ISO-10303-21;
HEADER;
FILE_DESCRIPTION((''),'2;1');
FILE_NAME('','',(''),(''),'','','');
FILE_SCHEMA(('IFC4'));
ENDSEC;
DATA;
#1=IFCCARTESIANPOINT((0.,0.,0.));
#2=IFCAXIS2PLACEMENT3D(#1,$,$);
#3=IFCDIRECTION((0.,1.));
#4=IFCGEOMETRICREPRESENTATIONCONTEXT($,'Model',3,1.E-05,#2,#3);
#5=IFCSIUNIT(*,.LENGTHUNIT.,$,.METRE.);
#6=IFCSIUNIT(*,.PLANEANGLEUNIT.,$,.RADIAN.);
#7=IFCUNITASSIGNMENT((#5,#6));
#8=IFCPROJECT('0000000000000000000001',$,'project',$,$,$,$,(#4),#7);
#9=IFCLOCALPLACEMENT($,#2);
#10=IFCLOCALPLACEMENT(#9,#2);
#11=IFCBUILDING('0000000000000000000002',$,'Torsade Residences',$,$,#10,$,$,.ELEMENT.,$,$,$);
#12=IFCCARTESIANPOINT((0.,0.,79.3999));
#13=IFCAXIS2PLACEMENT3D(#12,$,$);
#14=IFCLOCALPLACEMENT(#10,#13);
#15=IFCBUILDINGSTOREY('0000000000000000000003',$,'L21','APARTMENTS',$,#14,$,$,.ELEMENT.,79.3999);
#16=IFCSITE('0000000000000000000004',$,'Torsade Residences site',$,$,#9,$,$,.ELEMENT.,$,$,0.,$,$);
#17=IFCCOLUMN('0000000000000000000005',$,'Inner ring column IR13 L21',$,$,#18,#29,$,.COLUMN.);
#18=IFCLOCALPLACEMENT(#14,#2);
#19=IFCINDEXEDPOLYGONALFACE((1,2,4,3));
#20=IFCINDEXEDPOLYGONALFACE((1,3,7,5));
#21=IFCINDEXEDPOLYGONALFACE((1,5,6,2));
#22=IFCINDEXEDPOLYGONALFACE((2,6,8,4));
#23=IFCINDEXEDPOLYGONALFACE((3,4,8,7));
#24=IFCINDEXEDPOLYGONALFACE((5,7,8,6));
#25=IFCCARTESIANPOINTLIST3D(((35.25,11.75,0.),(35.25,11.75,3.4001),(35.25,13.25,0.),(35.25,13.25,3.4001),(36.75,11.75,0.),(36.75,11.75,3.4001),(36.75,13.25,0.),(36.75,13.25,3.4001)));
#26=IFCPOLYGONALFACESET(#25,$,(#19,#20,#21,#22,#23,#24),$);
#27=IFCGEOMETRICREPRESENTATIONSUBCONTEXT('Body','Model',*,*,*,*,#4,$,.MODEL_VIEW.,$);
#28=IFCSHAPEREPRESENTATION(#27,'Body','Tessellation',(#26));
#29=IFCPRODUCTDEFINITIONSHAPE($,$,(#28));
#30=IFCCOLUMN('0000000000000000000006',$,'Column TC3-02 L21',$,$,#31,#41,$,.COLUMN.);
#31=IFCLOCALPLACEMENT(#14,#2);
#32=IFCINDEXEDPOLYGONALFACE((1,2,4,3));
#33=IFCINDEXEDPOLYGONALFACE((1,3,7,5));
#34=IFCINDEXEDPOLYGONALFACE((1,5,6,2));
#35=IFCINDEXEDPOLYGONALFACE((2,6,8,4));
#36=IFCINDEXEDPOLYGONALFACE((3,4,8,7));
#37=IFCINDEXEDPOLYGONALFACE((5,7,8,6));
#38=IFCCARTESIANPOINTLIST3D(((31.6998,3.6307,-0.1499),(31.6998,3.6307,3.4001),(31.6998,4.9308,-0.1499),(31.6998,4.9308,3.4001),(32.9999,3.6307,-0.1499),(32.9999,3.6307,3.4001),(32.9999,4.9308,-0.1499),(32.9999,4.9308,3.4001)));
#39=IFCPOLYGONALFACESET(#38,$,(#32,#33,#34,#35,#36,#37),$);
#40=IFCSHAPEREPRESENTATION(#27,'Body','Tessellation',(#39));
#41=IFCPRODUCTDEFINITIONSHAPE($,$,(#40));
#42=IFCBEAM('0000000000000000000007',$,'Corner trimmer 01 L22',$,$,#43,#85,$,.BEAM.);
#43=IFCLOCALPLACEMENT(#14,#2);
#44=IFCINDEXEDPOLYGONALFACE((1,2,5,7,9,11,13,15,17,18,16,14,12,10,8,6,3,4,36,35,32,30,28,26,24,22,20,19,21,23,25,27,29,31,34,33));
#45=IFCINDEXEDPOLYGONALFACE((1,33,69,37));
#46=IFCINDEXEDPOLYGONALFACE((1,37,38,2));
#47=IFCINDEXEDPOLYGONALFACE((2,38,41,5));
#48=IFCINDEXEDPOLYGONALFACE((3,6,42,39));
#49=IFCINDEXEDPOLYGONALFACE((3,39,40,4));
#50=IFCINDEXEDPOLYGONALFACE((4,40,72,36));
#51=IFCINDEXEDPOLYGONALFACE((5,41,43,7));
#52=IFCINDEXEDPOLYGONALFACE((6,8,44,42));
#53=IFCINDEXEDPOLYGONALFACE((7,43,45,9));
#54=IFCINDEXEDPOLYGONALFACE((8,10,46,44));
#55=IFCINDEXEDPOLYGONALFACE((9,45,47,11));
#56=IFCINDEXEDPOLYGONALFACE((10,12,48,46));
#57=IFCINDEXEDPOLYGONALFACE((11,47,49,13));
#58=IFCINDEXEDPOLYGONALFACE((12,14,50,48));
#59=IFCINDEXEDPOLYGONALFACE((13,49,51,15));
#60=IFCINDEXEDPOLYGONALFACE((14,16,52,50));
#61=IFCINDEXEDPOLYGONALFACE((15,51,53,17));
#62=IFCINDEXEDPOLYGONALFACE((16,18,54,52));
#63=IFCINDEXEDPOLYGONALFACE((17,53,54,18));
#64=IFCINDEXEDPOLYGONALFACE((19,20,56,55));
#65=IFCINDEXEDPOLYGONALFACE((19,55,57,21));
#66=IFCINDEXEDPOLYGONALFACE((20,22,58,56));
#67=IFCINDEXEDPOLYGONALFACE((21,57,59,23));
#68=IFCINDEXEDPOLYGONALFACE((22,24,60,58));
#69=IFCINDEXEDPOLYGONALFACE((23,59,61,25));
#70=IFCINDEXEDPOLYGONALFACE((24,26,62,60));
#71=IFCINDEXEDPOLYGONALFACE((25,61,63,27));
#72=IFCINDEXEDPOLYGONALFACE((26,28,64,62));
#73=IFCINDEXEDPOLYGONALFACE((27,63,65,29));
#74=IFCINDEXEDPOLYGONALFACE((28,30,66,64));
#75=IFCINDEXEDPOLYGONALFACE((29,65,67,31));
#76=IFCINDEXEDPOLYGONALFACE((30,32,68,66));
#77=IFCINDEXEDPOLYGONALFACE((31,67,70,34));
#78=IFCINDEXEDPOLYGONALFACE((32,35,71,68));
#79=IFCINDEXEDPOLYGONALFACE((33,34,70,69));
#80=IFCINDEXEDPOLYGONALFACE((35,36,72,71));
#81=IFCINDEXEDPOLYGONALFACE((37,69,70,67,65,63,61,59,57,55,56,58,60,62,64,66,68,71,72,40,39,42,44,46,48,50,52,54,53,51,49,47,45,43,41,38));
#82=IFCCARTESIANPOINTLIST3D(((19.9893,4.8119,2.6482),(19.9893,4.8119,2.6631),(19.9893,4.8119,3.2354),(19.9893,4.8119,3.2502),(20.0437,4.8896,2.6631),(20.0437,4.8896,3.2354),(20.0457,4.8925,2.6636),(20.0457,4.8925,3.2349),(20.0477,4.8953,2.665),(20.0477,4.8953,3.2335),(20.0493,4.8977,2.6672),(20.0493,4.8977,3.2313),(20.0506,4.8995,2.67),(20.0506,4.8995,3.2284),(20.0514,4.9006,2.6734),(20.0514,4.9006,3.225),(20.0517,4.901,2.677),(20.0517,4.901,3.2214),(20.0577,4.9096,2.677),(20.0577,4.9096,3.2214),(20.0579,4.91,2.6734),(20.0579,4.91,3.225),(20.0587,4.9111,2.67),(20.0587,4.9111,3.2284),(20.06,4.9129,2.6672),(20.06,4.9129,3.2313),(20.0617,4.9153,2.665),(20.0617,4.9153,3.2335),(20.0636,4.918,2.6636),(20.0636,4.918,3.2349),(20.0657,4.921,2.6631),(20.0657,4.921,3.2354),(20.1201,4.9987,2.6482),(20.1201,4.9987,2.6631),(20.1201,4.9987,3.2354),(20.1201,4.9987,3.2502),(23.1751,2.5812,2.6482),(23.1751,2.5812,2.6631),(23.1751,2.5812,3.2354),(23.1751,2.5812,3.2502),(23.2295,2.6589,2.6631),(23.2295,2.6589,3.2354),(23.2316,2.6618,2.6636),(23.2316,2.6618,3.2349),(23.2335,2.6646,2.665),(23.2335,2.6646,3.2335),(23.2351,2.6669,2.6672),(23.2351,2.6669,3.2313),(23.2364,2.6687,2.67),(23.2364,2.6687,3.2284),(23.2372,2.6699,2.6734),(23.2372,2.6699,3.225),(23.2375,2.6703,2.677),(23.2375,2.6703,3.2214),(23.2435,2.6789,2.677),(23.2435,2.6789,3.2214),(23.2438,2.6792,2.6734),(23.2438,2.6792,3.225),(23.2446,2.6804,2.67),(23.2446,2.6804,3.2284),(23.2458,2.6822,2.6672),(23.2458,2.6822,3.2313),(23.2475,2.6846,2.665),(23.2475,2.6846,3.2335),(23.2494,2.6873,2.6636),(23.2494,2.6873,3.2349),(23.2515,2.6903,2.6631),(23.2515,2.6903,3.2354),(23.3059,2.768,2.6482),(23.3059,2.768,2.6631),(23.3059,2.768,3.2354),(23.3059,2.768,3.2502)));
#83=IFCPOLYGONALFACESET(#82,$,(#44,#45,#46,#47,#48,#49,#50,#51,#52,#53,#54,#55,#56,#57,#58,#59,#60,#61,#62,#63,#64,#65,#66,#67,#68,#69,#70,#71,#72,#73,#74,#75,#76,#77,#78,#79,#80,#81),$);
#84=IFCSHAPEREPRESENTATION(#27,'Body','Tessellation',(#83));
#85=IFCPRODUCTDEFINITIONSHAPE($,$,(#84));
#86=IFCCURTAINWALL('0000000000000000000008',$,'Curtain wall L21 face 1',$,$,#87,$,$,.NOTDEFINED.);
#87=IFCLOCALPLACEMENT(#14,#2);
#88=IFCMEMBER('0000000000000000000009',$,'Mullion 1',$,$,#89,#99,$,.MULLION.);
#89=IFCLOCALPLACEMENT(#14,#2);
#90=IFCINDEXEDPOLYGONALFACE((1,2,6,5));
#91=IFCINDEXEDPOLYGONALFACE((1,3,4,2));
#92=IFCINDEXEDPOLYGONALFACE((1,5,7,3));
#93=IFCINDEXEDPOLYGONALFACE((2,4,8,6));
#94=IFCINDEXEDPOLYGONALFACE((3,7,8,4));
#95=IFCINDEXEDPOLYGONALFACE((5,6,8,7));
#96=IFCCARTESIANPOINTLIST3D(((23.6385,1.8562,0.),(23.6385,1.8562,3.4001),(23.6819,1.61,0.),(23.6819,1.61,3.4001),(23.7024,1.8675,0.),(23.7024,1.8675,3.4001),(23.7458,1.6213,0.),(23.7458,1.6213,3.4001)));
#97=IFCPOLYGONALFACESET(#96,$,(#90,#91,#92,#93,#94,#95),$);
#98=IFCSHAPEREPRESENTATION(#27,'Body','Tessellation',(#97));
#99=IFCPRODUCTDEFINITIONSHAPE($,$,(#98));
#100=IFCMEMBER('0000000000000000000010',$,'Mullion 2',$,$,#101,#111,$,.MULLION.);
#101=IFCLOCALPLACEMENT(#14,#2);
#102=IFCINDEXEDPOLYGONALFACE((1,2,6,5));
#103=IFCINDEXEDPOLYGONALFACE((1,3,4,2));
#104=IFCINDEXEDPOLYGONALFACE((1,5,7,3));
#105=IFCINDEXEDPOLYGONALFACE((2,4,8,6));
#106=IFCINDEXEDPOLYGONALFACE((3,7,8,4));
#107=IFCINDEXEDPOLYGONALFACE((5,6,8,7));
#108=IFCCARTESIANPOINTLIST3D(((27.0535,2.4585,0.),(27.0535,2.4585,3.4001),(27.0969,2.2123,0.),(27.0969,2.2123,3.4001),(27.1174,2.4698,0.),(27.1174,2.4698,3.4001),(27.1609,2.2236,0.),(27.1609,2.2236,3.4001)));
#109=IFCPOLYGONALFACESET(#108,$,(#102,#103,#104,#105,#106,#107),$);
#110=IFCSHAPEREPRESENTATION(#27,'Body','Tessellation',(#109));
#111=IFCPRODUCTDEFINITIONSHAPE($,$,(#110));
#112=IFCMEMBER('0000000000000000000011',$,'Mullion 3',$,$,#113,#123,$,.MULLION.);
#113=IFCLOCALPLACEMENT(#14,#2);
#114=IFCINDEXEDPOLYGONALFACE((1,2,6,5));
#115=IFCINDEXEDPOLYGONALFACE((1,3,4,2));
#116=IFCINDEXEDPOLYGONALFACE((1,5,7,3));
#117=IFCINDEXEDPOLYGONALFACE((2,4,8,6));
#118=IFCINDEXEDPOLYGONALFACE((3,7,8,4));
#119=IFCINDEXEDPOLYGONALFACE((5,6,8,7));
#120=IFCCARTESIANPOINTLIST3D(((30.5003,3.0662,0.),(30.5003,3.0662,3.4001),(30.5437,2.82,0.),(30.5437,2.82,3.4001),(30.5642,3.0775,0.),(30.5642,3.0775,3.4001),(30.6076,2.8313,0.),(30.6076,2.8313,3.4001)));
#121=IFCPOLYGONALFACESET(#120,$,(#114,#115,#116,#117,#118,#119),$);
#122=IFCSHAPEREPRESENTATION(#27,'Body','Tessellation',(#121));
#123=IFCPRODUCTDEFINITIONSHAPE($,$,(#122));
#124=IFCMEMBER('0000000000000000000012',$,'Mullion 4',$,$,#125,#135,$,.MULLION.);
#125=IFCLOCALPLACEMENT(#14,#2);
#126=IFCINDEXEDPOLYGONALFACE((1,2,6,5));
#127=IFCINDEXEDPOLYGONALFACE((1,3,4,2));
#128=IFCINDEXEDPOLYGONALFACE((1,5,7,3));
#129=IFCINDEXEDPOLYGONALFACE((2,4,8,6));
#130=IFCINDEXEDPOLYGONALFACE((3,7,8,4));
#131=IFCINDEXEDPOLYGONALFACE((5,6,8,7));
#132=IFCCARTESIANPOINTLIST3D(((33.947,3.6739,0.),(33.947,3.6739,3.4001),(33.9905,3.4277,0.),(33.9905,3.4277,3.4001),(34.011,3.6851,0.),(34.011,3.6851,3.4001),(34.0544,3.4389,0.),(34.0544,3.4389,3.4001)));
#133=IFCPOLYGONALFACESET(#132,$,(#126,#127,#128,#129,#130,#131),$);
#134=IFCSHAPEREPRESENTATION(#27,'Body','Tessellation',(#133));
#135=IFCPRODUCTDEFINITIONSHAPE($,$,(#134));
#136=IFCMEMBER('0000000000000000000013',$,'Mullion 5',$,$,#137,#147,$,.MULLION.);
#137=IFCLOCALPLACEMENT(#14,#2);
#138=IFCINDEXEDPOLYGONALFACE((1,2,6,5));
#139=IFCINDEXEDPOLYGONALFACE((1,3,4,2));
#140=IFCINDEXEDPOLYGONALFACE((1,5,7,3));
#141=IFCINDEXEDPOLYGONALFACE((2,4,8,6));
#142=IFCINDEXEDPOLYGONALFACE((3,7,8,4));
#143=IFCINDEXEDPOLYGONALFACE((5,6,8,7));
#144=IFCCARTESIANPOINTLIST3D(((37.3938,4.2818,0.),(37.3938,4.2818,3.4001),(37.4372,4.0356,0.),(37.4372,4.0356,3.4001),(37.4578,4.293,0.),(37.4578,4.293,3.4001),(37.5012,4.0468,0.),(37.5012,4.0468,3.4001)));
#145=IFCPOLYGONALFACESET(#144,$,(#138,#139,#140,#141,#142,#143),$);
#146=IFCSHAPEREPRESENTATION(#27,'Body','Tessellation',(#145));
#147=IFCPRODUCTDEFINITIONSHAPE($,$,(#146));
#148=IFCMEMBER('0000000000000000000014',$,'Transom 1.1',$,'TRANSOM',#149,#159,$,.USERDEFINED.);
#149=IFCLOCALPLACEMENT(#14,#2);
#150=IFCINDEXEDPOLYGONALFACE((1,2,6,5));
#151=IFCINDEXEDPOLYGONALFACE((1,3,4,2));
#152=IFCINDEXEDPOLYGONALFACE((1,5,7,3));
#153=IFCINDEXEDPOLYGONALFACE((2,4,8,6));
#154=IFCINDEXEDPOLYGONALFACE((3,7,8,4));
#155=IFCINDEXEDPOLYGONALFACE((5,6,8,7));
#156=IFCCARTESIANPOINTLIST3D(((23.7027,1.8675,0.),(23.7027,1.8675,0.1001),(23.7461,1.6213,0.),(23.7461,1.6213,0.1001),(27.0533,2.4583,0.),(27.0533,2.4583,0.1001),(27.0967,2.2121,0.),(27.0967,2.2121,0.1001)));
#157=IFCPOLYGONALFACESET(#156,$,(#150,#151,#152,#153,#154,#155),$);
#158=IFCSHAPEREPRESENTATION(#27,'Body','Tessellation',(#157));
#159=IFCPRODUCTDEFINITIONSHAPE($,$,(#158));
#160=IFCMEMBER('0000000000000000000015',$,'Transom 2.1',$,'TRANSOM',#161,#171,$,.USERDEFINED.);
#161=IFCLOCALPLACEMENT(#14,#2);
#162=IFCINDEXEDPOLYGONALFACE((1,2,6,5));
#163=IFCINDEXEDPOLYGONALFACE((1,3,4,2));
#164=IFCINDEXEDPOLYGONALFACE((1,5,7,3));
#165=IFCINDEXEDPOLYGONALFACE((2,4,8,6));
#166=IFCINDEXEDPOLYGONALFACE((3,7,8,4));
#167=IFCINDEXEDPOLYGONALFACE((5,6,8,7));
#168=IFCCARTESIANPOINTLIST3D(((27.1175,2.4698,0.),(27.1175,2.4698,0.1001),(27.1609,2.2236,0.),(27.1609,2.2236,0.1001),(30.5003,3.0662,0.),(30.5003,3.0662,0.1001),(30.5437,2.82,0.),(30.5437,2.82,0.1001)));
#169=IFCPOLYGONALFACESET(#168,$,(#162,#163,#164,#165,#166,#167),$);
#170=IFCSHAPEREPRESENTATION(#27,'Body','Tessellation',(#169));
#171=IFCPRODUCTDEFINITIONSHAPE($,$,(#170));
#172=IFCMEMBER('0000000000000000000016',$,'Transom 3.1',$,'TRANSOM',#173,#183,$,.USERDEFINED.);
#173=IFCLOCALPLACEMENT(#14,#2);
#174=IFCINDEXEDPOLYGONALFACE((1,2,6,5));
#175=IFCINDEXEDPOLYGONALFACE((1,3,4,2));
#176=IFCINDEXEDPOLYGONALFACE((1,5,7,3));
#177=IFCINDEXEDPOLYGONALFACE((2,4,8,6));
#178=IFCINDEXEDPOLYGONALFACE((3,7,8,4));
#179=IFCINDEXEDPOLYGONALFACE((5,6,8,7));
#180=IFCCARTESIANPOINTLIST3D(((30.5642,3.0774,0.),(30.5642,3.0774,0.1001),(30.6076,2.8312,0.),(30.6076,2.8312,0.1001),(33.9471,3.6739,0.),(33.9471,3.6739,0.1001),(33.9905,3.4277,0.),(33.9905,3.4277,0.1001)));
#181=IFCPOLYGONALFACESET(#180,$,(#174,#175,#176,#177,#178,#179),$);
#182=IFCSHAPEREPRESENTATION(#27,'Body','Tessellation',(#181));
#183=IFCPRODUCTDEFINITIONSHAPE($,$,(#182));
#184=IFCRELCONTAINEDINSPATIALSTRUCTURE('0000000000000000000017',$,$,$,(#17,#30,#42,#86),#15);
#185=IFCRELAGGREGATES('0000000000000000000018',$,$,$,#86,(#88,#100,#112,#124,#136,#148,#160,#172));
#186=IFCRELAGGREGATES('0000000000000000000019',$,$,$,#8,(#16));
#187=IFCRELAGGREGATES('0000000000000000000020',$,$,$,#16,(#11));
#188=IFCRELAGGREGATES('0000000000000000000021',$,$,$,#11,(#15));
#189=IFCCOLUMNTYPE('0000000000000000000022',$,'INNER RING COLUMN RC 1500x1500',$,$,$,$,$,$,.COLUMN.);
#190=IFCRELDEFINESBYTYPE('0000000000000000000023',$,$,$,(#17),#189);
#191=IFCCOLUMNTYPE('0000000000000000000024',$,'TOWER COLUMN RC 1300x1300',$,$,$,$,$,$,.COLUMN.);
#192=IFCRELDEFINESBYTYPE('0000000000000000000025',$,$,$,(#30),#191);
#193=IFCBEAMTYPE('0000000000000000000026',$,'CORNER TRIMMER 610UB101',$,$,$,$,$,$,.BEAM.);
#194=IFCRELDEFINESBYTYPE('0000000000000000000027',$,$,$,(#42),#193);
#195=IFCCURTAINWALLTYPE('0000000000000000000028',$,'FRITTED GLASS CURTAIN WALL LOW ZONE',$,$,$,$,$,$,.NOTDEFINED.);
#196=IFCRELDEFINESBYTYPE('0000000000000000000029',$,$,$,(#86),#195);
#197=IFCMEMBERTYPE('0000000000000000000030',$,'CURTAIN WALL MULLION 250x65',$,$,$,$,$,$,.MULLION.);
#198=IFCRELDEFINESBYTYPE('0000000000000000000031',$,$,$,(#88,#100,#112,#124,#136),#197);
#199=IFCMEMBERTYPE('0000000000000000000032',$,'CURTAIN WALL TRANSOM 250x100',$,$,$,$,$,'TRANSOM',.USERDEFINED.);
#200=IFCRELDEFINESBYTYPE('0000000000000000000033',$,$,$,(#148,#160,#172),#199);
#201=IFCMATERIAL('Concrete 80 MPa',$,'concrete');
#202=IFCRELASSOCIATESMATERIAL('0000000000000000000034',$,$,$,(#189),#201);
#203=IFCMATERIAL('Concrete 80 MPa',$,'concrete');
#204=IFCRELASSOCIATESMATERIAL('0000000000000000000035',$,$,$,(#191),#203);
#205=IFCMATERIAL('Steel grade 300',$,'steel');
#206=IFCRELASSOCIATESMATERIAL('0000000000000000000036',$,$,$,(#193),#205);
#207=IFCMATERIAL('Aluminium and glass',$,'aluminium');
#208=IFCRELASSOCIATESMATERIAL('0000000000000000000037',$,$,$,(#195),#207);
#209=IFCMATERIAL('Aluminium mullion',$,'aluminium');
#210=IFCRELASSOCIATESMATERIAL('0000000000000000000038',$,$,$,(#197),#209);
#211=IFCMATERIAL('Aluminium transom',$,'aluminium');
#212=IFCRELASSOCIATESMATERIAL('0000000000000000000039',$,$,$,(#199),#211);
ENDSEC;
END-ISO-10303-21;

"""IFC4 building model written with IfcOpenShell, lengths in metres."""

from ifc_helpers import new_model, si_unit, direction, frame, origin, origin_2d, place, context, subcontext, project, spatial, rectangle, i_section, extrude, material, material_profile, profile_set, type_object, element, aggregate, save


model = new_model("IFC4")

# Units and contexts
model_context = context("Model", 3, precision=1e-05, world=origin(), true_north=direction((0.0, 1.0)))
body_context = subcontext(model_context, "Body", "Model", "MODEL_VIEW")
ifc_project = project(units=[si_unit("LENGTHUNIT", "METRE"), si_unit("PLANEANGLEUNIT", "RADIAN")], contexts=[model_context])

# Site, building, storey
site_placement = place(None, origin())
site = spatial("IfcSite", under=ifc_project, at=site_placement, Name="Torsade Residences site", CompositionType="ELEMENT", RefElevation=0.0)
building_placement = place(site_placement, origin())
building = spatial("IfcBuilding", under=site, at=building_placement, Name="Torsade Residences", CompositionType="ELEMENT")
storey_placement = place(building_placement, frame((0.0, 0.0, 79.3999)))
storey = spatial("IfcBuildingStorey", under=building, at=storey_placement, Name="L21", Description="APARTMENTS", CompositionType="ELEMENT", Elevation=79.3999)

# Columns
ifc_material_1 = material(Name="Concrete 80 MPa", Category="concrete")
ifc_material_profile_1 = material_profile(ifc_material_1, rectangle(XDim=1.5, YDim=1.5, at=origin_2d()), Name="RC 1500x1500")
ifc_profile_set_1 = profile_set([ifc_material_profile_1], Name="Concrete 80 MPa")
column_type_1 = type_object("IfcColumnType", Name="INNER RING COLUMN RC 1500x1500", PredefinedType="COLUMN", material=ifc_profile_set_1)
column_1_placement = place(storey_placement, frame((36.0, 12.5, 0.0), z_axis=(0.0, 0.0, 1.0), x_axis=(1.0, 0.0, 0.0)))
element("IfcColumn", 1, at=column_1_placement, inside=storey, type_object=column_type_1, Name="Inner ring column IR13 L21", PredefinedType="COLUMN", context=body_context, shape_type="SweptSolid", body=[
    extrude(rectangle(XDim=1.5, YDim=1.5, at=origin_2d()), origin(), (0.0, 0.0, 1.0), 3.4001),
])
ifc_material_2 = material(Name="Concrete 80 MPa", Category="concrete")
ifc_material_profile_2 = material_profile(ifc_material_2, rectangle(XDim=1.3, YDim=1.3, at=origin_2d()), Name="RC 1300x1300")
ifc_profile_set_2 = profile_set([ifc_material_profile_2], Name="Concrete 80 MPa")
column_type_2 = type_object("IfcColumnType", Name="TOWER COLUMN RC 1300x1300", PredefinedType="COLUMN", material=ifc_profile_set_2)
column_2_placement = place(storey_placement, frame((32.3499, 4.2808, -0.1499), z_axis=(0.0, 0.0, 1.0), x_axis=(1.0, 0.0, 0.0)))
element("IfcColumn", 2, at=column_2_placement, inside=storey, type_object=column_type_2, Name="Column TC3-02 L21", PredefinedType="COLUMN", context=body_context, shape_type="SweptSolid", body=[
    extrude(rectangle(XDim=1.3, YDim=1.3, at=origin_2d()), origin(), (0.0, 0.0, 1.0), 3.55),
])

# Beam
ifc_material_3 = material(Name="Steel grade 300", Category="steel")
ifc_material_profile_3 = material_profile(ifc_material_3, i_section(OverallWidth=0.228, OverallDepth=0.6021, WebThickness=0.0105, FlangeThickness=0.0149, FilletRadius=0.0139, at=origin_2d()), Name="610UB101")
ifc_profile_set_3 = profile_set([ifc_material_profile_3], Name="Steel grade 300")
beam_type_1 = type_object("IfcBeamType", Name="CORNER TRIMMER 610UB101", PredefinedType="BEAM", material=ifc_profile_set_3)
beam_1_placement = place(storey_placement, frame((23.2405, 2.6746, 2.9492), z_axis=(-0.819152, 0.573576, 0.0), x_axis=(-0.573576, -0.819152, 0.0)))
element("IfcBeam", 3, at=beam_1_placement, inside=storey, type_object=beam_type_1, Name="Corner trimmer 01 L22", PredefinedType="BEAM", context=body_context, shape_type="SweptSolid", body=[
    extrude(i_section(OverallWidth=0.228, OverallDepth=0.6021, WebThickness=0.0105, FlangeThickness=0.0149, FilletRadius=0.0139, at=origin_2d()), origin(), (0.0, 0.0, 1.0), 3.8892),
])

# Curtain wall, members
ifc_material_4 = material(Name="Aluminium and glass", Category="aluminium")
curtain_wall_type = type_object("IfcCurtainWallType", Name="FRITTED GLASS CURTAIN WALL LOW ZONE", PredefinedType="NOTDEFINED", material=ifc_material_4)
curtain_wall_placement = place(storey_placement, origin())
curtain_wall = element("IfcCurtainWall", 4, at=curtain_wall_placement, inside=storey, type_object=curtain_wall_type, Name="Curtain wall L21 face 1", PredefinedType="NOTDEFINED")
ifc_material_5 = material(Name="Aluminium mullion", Category="aluminium")
ifc_material_profile_4 = material_profile(ifc_material_5, rectangle(XDim=0.25, YDim=0.0649, at=origin_2d()), Name="CURTAIN WALL MULLION 250x65")
ifc_profile_set_4 = profile_set([ifc_material_profile_4], Name="Aluminium mullion")
member_type_1 = type_object("IfcMemberType", Name="CURTAIN WALL MULLION 250x65", PredefinedType="MULLION", material=ifc_profile_set_4)
member_1_placement = place(storey_placement, frame((23.6921, 1.7388, 0.0), z_axis=(0.0, 0.0, 1.0), x_axis=(-0.173648, 0.984808, 0.0)))
member_1 = element("IfcMember", 5, at=member_1_placement, type_object=member_type_1, Name="Mullion 1", PredefinedType="MULLION", context=body_context, shape_type="SweptSolid", body=[
    extrude(rectangle(XDim=0.25, YDim=0.0649, at=origin_2d()), origin(), (0.0, 0.0, 1.0), 3.4001),
])
member_2_placement = place(storey_placement, frame((27.1072, 2.3411, 0.0), z_axis=(0.0, 0.0, 1.0), x_axis=(-0.173648, 0.984808, 0.0)))
member_2 = element("IfcMember", 6, at=member_2_placement, type_object=member_type_1, Name="Mullion 2", PredefinedType="MULLION", context=body_context, shape_type="SweptSolid", body=[
    extrude(rectangle(XDim=0.25, YDim=0.0649, at=origin_2d()), origin(), (0.0, 0.0, 1.0), 3.4001),
])
member_3_placement = place(storey_placement, frame((30.554, 2.9487, 0.0), z_axis=(0.0, 0.0, 1.0), x_axis=(-0.173648, 0.984808, 0.0)))
member_3 = element("IfcMember", 7, at=member_3_placement, type_object=member_type_1, Name="Mullion 3", PredefinedType="MULLION", context=body_context, shape_type="SweptSolid", body=[
    extrude(rectangle(XDim=0.25, YDim=0.0649, at=origin_2d()), origin(), (0.0, 0.0, 1.0), 3.4001),
])
member_4_placement = place(storey_placement, frame((34.0007, 3.5564, 0.0), z_axis=(0.0, 0.0, 1.0), x_axis=(-0.173648, 0.984808, 0.0)))
member_4 = element("IfcMember", 8, at=member_4_placement, type_object=member_type_1, Name="Mullion 4", PredefinedType="MULLION", context=body_context, shape_type="SweptSolid", body=[
    extrude(rectangle(XDim=0.25, YDim=0.0649, at=origin_2d()), origin(), (0.0, 0.0, 1.0), 3.4001),
])
member_5_placement = place(storey_placement, frame((37.4475, 4.1643, 0.0), z_axis=(0.0, 0.0, 1.0), x_axis=(-0.173648, 0.984808, 0.0)))
member_5 = element("IfcMember", 9, at=member_5_placement, type_object=member_type_1, Name="Mullion 5", PredefinedType="MULLION", context=body_context, shape_type="SweptSolid", body=[
    extrude(rectangle(XDim=0.25, YDim=0.0649, at=origin_2d()), origin(), (0.0, 0.0, 1.0), 3.4001),
])
ifc_material_6 = material(Name="Aluminium transom", Category="aluminium")
ifc_material_profile_5 = material_profile(ifc_material_6, rectangle(XDim=0.25, YDim=0.1001, at=origin_2d()), Name="CURTAIN WALL TRANSOM 250x100")
ifc_profile_set_5 = profile_set([ifc_material_profile_5], Name="Aluminium transom")
member_type_2 = type_object("IfcMemberType", Name="CURTAIN WALL TRANSOM 250x100", ElementType="TRANSOM", PredefinedType="USERDEFINED", material=ifc_profile_set_5)
member_6_placement = place(storey_placement, frame((23.7244, 1.7444, 0.05), z_axis=(0.984807, 0.173654, 0.0), x_axis=(-0.173654, 0.984807, 0.0)))
member_6 = element("IfcMember", 10, at=member_6_placement, type_object=member_type_2, Name="Transom 1.1", ObjectType="TRANSOM", PredefinedType="USERDEFINED", context=body_context, shape_type="SweptSolid", body=[
    extrude(rectangle(XDim=0.25, YDim=0.1001, at=origin_2d()), origin(), (0.0, 0.0, 1.0), 3.4023),
])
member_7_placement = place(storey_placement, frame((27.1392, 2.3467, 0.05), z_axis=(0.98481, 0.173635, 0.0), x_axis=(-0.173635, 0.98481, 0.0)))
member_7 = element("IfcMember", 11, at=member_7_placement, type_object=member_type_2, Name="Transom 2.1", ObjectType="TRANSOM", PredefinedType="USERDEFINED", context=body_context, shape_type="SweptSolid", body=[
    extrude(rectangle(XDim=0.25, YDim=0.1001, at=origin_2d()), origin(), (0.0, 0.0, 1.0), 3.4351),
])
member_8_placement = place(storey_placement, frame((30.5859, 2.9543, 0.05), z_axis=(0.98481, 0.173635, 0.0), x_axis=(-0.173635, 0.98481, 0.0)))
member_8 = element("IfcMember", 12, at=member_8_placement, type_object=member_type_2, Name="Transom 3.1", ObjectType="TRANSOM", PredefinedType="USERDEFINED", context=body_context, shape_type="SweptSolid", body=[
    extrude(rectangle(XDim=0.25, YDim=0.1001, at=origin_2d()), origin(), (0.0, 0.0, 1.0), 3.4351),
])

aggregate(curtain_wall, [member_1, member_2, member_3, member_4, member_5, member_6, member_7, member_8])

save(model, "model.ifc")
